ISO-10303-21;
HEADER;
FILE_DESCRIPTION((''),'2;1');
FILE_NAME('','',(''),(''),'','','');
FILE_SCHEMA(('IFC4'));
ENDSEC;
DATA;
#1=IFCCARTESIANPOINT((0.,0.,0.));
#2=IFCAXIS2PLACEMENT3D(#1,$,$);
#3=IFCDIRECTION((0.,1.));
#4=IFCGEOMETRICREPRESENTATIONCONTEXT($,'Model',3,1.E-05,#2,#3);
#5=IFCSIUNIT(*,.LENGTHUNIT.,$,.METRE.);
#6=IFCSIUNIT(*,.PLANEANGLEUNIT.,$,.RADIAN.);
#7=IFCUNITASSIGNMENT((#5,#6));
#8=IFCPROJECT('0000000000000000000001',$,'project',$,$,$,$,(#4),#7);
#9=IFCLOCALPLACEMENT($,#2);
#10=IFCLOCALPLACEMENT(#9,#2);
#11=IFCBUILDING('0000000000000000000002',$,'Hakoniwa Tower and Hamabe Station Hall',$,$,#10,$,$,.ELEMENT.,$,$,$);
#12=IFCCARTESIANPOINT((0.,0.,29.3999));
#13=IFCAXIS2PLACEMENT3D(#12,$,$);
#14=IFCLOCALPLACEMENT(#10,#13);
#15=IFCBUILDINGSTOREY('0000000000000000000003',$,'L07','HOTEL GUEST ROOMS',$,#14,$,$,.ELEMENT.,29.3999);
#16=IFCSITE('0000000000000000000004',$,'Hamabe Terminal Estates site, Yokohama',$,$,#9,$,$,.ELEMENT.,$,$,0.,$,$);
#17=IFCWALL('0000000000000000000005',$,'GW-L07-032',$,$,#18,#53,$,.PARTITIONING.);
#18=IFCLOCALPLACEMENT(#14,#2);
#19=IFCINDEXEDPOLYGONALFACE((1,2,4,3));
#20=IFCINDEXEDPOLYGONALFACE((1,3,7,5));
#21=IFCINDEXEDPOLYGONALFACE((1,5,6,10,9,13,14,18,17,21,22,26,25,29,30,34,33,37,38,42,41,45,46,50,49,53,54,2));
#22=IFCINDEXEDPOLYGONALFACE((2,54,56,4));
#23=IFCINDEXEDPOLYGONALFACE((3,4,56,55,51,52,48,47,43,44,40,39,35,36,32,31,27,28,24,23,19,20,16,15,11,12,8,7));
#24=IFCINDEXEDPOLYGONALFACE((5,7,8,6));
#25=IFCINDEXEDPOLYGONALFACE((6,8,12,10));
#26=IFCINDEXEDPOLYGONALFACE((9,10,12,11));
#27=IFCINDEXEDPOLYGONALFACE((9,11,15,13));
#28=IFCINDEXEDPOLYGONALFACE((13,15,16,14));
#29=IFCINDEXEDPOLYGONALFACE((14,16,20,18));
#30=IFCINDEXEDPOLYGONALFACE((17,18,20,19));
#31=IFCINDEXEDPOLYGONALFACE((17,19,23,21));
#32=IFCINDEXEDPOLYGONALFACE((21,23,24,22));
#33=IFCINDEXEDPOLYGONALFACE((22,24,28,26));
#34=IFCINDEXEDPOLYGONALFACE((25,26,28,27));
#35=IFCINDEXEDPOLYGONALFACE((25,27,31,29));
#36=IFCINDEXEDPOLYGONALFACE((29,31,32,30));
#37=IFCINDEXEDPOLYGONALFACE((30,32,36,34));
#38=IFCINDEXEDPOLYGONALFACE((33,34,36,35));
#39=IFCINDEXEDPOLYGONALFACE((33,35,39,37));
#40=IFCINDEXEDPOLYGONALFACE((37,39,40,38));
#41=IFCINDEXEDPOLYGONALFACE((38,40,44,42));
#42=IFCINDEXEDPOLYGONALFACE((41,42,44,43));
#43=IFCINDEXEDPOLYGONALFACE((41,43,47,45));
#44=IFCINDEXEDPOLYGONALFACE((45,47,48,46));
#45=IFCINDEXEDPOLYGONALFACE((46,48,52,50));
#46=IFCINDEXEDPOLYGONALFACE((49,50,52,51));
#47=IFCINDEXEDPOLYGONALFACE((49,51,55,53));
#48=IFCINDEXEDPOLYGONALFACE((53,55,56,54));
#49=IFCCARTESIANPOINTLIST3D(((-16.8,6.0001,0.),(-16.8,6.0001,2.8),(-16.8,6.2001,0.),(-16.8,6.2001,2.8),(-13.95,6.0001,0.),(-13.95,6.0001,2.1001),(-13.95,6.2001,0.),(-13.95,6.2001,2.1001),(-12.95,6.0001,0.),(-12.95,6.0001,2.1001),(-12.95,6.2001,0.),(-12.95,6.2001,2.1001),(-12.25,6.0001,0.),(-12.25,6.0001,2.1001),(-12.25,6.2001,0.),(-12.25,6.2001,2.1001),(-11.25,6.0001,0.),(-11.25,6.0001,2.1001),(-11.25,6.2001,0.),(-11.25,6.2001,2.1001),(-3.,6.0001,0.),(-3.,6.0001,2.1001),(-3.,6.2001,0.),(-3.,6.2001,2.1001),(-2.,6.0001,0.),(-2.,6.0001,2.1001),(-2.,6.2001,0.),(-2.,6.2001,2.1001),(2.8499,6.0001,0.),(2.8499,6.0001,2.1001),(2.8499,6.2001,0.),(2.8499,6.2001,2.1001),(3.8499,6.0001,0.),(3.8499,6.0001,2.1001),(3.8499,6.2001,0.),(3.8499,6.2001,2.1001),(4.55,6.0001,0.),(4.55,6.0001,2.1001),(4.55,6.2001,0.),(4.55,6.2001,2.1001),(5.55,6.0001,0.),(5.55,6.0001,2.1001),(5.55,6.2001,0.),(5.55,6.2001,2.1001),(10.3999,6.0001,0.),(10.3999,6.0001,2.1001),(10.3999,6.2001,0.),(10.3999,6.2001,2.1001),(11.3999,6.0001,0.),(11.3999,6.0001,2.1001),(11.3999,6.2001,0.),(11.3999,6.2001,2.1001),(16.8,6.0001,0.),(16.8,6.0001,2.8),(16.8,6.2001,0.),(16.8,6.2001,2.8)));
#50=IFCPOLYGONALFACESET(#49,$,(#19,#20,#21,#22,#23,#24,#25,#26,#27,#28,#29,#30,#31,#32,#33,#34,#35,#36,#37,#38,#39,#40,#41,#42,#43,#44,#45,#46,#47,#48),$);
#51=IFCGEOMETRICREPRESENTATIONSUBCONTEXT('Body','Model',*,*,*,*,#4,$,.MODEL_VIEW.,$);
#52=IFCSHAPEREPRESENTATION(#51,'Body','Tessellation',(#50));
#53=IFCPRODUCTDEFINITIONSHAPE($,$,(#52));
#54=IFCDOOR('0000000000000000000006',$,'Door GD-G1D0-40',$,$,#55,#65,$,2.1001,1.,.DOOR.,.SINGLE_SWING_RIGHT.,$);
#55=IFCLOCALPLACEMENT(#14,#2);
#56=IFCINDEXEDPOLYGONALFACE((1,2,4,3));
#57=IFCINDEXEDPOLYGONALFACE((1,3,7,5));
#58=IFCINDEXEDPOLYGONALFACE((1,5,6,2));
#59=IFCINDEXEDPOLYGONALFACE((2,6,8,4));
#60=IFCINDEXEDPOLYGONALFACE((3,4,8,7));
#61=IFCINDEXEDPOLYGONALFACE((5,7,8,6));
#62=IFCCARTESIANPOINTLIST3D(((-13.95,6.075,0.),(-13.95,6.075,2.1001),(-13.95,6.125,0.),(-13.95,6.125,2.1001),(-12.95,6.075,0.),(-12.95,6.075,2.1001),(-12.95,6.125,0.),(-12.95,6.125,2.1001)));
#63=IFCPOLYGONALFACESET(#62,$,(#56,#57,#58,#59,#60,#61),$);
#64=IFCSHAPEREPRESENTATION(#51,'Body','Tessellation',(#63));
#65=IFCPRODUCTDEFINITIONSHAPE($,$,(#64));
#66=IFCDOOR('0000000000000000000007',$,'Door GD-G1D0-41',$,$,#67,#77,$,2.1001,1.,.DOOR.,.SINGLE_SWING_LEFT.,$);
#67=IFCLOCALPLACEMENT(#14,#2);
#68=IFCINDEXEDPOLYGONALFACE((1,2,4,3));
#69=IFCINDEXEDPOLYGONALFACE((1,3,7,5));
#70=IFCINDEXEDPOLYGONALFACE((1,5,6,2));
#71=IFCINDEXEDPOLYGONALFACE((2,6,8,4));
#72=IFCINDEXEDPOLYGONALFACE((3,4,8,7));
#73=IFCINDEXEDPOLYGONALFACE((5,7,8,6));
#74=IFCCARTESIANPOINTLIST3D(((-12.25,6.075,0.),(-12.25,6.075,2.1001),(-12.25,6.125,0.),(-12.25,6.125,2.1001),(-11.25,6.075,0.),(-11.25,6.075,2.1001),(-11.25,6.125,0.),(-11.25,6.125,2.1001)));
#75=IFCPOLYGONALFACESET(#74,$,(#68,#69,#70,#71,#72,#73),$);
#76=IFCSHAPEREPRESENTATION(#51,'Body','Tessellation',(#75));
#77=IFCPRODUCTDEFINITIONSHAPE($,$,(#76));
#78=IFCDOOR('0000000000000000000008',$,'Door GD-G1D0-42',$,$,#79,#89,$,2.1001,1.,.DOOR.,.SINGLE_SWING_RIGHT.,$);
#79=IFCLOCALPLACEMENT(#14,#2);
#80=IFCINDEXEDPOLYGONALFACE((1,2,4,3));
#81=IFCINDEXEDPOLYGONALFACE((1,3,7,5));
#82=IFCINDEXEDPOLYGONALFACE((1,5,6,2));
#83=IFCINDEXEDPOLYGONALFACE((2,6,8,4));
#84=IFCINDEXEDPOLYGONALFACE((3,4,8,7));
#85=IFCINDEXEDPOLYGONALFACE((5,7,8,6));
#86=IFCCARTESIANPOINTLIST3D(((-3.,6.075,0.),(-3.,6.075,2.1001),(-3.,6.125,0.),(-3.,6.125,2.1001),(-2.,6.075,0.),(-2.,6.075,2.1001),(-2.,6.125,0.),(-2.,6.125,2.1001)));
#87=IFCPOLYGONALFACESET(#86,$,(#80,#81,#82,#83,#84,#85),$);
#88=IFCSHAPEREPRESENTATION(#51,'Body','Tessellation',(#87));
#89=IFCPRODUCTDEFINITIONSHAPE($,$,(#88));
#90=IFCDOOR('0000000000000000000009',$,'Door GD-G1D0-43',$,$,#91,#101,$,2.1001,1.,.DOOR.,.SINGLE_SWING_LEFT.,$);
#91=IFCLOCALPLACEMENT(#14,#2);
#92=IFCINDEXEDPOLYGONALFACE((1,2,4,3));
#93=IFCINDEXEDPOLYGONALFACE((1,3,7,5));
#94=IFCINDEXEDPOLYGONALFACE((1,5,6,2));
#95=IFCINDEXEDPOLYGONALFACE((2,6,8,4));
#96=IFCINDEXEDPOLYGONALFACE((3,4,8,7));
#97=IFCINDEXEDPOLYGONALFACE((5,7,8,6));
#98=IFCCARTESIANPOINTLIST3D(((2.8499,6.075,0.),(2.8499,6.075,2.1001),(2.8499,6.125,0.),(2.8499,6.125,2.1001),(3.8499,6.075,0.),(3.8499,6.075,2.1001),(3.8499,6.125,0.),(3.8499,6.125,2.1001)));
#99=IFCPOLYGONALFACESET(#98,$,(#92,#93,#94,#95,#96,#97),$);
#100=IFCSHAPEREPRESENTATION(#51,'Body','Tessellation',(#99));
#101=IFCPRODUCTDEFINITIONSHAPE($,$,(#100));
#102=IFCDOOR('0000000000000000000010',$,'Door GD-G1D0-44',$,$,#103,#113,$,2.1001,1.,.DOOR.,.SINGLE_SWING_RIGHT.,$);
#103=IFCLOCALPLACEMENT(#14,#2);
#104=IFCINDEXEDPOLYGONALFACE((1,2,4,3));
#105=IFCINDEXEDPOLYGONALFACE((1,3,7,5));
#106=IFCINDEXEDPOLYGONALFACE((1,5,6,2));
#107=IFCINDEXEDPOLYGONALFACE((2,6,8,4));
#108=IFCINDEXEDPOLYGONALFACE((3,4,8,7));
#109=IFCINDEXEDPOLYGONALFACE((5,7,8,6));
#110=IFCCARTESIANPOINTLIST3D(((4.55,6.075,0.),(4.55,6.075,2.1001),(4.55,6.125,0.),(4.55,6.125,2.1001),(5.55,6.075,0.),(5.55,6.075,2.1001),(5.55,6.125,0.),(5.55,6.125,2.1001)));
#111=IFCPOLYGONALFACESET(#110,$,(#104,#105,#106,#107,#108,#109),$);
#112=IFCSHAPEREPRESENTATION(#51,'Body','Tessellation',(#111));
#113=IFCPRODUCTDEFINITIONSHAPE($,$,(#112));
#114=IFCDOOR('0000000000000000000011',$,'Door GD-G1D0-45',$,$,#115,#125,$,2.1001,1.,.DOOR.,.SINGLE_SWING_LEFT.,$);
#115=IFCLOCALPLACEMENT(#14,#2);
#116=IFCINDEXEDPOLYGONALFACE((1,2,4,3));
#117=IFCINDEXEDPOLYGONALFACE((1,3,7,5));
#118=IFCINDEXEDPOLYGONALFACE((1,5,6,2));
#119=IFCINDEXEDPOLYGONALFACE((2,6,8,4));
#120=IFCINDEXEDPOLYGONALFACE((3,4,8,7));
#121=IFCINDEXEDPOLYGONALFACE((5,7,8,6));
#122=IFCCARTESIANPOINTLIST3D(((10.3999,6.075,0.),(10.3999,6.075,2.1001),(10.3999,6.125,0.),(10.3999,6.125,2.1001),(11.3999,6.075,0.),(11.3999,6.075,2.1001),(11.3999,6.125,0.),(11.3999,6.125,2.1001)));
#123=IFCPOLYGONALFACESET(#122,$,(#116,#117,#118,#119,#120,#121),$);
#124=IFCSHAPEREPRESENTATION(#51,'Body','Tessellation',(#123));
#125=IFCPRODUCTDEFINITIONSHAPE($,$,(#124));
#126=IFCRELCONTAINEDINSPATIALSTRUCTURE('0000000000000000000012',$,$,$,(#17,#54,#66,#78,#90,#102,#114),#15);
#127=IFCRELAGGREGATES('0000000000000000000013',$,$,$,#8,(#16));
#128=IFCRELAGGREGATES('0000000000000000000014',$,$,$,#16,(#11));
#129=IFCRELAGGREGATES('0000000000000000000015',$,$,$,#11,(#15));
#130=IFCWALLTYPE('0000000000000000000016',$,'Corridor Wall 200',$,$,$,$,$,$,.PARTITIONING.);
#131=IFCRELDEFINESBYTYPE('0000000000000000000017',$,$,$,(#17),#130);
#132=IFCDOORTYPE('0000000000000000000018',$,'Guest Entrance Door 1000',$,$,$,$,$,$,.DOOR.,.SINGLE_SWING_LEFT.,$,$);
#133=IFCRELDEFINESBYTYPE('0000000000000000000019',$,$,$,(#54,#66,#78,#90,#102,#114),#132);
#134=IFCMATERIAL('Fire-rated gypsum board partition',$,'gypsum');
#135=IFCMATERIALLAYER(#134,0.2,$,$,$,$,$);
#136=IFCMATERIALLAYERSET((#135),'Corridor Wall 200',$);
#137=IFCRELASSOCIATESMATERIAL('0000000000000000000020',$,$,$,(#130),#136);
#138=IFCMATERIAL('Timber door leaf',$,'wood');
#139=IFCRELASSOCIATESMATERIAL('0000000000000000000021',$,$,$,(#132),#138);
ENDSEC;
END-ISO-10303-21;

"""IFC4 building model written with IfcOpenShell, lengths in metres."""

from ifc_helpers import new_model, si_unit, direction, frame, frame_2d, origin, place, context, subcontext, project, spatial, rectangle, extrude, material, layer, layer_set, type_object, element, fill, save


model = new_model("IFC4")

# Units and contexts
model_context = context("Model", 3, precision=1e-05, world=origin(), true_north=direction((0.0, 1.0)))
body_context = subcontext(model_context, "Body", "Model", "MODEL_VIEW")
ifc_project = project(units=[si_unit("LENGTHUNIT", "METRE"), si_unit("PLANEANGLEUNIT", "RADIAN")], contexts=[model_context])

# Site, building, storey
site_placement = place(None, origin())
site = spatial("IfcSite", under=ifc_project, at=site_placement, Name="Hamabe Terminal Estates site, Yokohama", CompositionType="ELEMENT", RefElevation=0.0)
building_placement = place(site_placement, origin())
building = spatial("IfcBuilding", under=site, at=building_placement, Name="Hakoniwa Tower and Hamabe Station Hall", CompositionType="ELEMENT")
storey_placement = place(building_placement, frame((0.0, 0.0, 29.3999)))
storey = spatial("IfcBuildingStorey", under=building, at=storey_placement, Name="L07", Description="HOTEL GUEST ROOMS", CompositionType="ELEMENT", Elevation=29.3999)

# Wall, openings, doors
ifc_material_1 = material(Name="Fire-rated gypsum board partition", Category="gypsum")
ifc_layer_1 = layer(ifc_material_1, 0.2)
ifc_layer_set_1 = layer_set([ifc_layer_1], Name="Corridor Wall 200")
wall_type_1 = type_object("IfcWallType", Name="Corridor Wall 200", PredefinedType="PARTITIONING", material=ifc_layer_set_1)
wall_1_placement = place(storey_placement, frame((-16.8, 6.1001, 0.0), z_axis=(0.0, 0.0, 1.0), x_axis=(1.0, 0.0, 0.0)))
wall_1 = element("IfcWall", 1, at=wall_1_placement, inside=storey, type_object=wall_type_1, Name="GW-L07-032", PredefinedType="PARTITIONING", context=body_context, shape_type="SweptSolid", body=[
    extrude(rectangle(XDim=33.6001, YDim=0.2, at=frame_2d((16.8, 0.0))), origin(), (0.0, 0.0, 1.0), 2.8),
])
opening_1_placement = place(wall_1_placement, frame((2.8501, 0.0, 0.0)))
opening_1 = element("IfcOpeningElement", 2, at=opening_1_placement, cuts=wall_1, PredefinedType="OPENING", context=body_context, shape_type="SweptSolid", body=[
    extrude(rectangle(XDim=1.0, YDim=2.1001, at=frame_2d((0.5, 1.05))), frame((0.0, 0.1099, 0.0), z_axis=(0.0, -1.0, 0.0), x_axis=(1.0, 0.0, 0.0)), (0.0, 0.0, 1.0), 0.22),
])
opening_2_placement = place(wall_1_placement, frame((4.55, 0.0, 0.0)))
opening_2 = element("IfcOpeningElement", 3, at=opening_2_placement, cuts=wall_1, PredefinedType="OPENING", context=body_context, shape_type="SweptSolid", body=[
    extrude(rectangle(XDim=1.0, YDim=2.1001, at=frame_2d((0.5, 1.05))), frame((0.0, 0.1099, 0.0), z_axis=(0.0, -1.0, 0.0), x_axis=(1.0, 0.0, 0.0)), (0.0, 0.0, 1.0), 0.22),
])
opening_3_placement = place(wall_1_placement, frame((13.8, 0.0, 0.0)))
opening_3 = element("IfcOpeningElement", 4, at=opening_3_placement, cuts=wall_1, PredefinedType="OPENING", context=body_context, shape_type="SweptSolid", body=[
    extrude(rectangle(XDim=1.0, YDim=2.1001, at=frame_2d((0.5, 1.05))), frame((0.0, 0.1099, 0.0), z_axis=(0.0, -1.0, 0.0), x_axis=(1.0, 0.0, 0.0)), (0.0, 0.0, 1.0), 0.22),
])
opening_4_placement = place(wall_1_placement, frame((19.6499, 0.0, 0.0)))
opening_4 = element("IfcOpeningElement", 5, at=opening_4_placement, cuts=wall_1, PredefinedType="OPENING", context=body_context, shape_type="SweptSolid", body=[
    extrude(rectangle(XDim=1.0, YDim=2.1001, at=frame_2d((0.5, 1.05))), frame((0.0, 0.1099, 0.0), z_axis=(0.0, -1.0, 0.0), x_axis=(1.0, 0.0, 0.0)), (0.0, 0.0, 1.0), 0.22),
])
opening_5_placement = place(wall_1_placement, frame((21.3501, 0.0, 0.0)))
opening_5 = element("IfcOpeningElement", 6, at=opening_5_placement, cuts=wall_1, PredefinedType="OPENING", context=body_context, shape_type="SweptSolid", body=[
    extrude(rectangle(XDim=1.0, YDim=2.1001, at=frame_2d((0.5, 1.05))), frame((0.0, 0.1099, 0.0), z_axis=(0.0, -1.0, 0.0), x_axis=(1.0, 0.0, 0.0)), (0.0, 0.0, 1.0), 0.22),
])
opening_6_placement = place(wall_1_placement, frame((27.2, 0.0, 0.0)))
opening_6 = element("IfcOpeningElement", 7, at=opening_6_placement, cuts=wall_1, PredefinedType="OPENING", context=body_context, shape_type="SweptSolid", body=[
    extrude(rectangle(XDim=1.0, YDim=2.1001, at=frame_2d((0.5, 1.05))), frame((0.0, 0.1099, 0.0), z_axis=(0.0, -1.0, 0.0), x_axis=(1.0, 0.0, 0.0)), (0.0, 0.0, 1.0), 0.22),
])
ifc_material_2 = material(Name="Timber door leaf", Category="wood")
door_type_1 = type_object("IfcDoorType", Name="Guest Entrance Door 1000", OperationType="SINGLE_SWING_LEFT", PredefinedType="DOOR", material=ifc_material_2)
door_1_placement = place(opening_1_placement, origin())
door_1 = element("IfcDoor", 8, at=door_1_placement, inside=storey, type_object=door_type_1, Name="Door GD-G1D0-40", OperationType="SINGLE_SWING_RIGHT", OverallHeight=2.1001, OverallWidth=1.0, PredefinedType="DOOR", context=body_context, shape_type="SweptSolid", body=[
    extrude(rectangle(XDim=1.0, YDim=2.1001, at=frame_2d((0.5, 1.05))), frame((0.0, 0.0249, 0.0), z_axis=(0.0, -1.0, 0.0), x_axis=(1.0, 0.0, 0.0)), (0.0, 0.0, 1.0), 0.05),
])
fill(opening_1, door_1)
door_2_placement = place(opening_2_placement, origin())
door_2 = element("IfcDoor", 9, at=door_2_placement, inside=storey, type_object=door_type_1, Name="Door GD-G1D0-41", OperationType="SINGLE_SWING_LEFT", OverallHeight=2.1001, OverallWidth=1.0, PredefinedType="DOOR", context=body_context, shape_type="SweptSolid", body=[
    extrude(rectangle(XDim=1.0, YDim=2.1001, at=frame_2d((0.5, 1.05))), frame((0.0, 0.0249, 0.0), z_axis=(0.0, -1.0, 0.0), x_axis=(1.0, 0.0, 0.0)), (0.0, 0.0, 1.0), 0.05),
])
fill(opening_2, door_2)
door_3_placement = place(opening_3_placement, origin())
door_3 = element("IfcDoor", 10, at=door_3_placement, inside=storey, type_object=door_type_1, Name="Door GD-G1D0-42", OperationType="SINGLE_SWING_RIGHT", OverallHeight=2.1001, OverallWidth=1.0, PredefinedType="DOOR", context=body_context, shape_type="SweptSolid", body=[
    extrude(rectangle(XDim=1.0, YDim=2.1001, at=frame_2d((0.5, 1.05))), frame((0.0, 0.0249, 0.0), z_axis=(0.0, -1.0, 0.0), x_axis=(1.0, 0.0, 0.0)), (0.0, 0.0, 1.0), 0.05),
])
fill(opening_3, door_3)
door_4_placement = place(opening_4_placement, origin())
door_4 = element("IfcDoor", 11, at=door_4_placement, inside=storey, type_object=door_type_1, Name="Door GD-G1D0-43", OperationType="SINGLE_SWING_LEFT", OverallHeight=2.1001, OverallWidth=1.0, PredefinedType="DOOR", context=body_context, shape_type="SweptSolid", body=[
    extrude(rectangle(XDim=1.0, YDim=2.1001, at=frame_2d((0.5, 1.05))), frame((0.0, 0.0249, 0.0), z_axis=(0.0, -1.0, 0.0), x_axis=(1.0, 0.0, 0.0)), (0.0, 0.0, 1.0), 0.05),
])
fill(opening_4, door_4)
door_5_placement = place(opening_5_placement, origin())
door_5 = element("IfcDoor", 12, at=door_5_placement, inside=storey, type_object=door_type_1, Name="Door GD-G1D0-44", OperationType="SINGLE_SWING_RIGHT", OverallHeight=2.1001, OverallWidth=1.0, PredefinedType="DOOR", context=body_context, shape_type="SweptSolid", body=[
    extrude(rectangle(XDim=1.0, YDim=2.1001, at=frame_2d((0.5, 1.05))), frame((0.0, 0.0249, 0.0), z_axis=(0.0, -1.0, 0.0), x_axis=(1.0, 0.0, 0.0)), (0.0, 0.0, 1.0), 0.05),
])
fill(opening_5, door_5)
door_6_placement = place(opening_6_placement, origin())
door_6 = element("IfcDoor", 13, at=door_6_placement, inside=storey, type_object=door_type_1, Name="Door GD-G1D0-45", OperationType="SINGLE_SWING_LEFT", OverallHeight=2.1001, OverallWidth=1.0, PredefinedType="DOOR", context=body_context, shape_type="SweptSolid", body=[
    extrude(rectangle(XDim=1.0, YDim=2.1001, at=frame_2d((0.5, 1.05))), frame((0.0, 0.0249, 0.0), z_axis=(0.0, -1.0, 0.0), x_axis=(1.0, 0.0, 0.0)), (0.0, 0.0, 1.0), 0.05),
])
fill(opening_6, door_6)

save(model, "model.ifc")
